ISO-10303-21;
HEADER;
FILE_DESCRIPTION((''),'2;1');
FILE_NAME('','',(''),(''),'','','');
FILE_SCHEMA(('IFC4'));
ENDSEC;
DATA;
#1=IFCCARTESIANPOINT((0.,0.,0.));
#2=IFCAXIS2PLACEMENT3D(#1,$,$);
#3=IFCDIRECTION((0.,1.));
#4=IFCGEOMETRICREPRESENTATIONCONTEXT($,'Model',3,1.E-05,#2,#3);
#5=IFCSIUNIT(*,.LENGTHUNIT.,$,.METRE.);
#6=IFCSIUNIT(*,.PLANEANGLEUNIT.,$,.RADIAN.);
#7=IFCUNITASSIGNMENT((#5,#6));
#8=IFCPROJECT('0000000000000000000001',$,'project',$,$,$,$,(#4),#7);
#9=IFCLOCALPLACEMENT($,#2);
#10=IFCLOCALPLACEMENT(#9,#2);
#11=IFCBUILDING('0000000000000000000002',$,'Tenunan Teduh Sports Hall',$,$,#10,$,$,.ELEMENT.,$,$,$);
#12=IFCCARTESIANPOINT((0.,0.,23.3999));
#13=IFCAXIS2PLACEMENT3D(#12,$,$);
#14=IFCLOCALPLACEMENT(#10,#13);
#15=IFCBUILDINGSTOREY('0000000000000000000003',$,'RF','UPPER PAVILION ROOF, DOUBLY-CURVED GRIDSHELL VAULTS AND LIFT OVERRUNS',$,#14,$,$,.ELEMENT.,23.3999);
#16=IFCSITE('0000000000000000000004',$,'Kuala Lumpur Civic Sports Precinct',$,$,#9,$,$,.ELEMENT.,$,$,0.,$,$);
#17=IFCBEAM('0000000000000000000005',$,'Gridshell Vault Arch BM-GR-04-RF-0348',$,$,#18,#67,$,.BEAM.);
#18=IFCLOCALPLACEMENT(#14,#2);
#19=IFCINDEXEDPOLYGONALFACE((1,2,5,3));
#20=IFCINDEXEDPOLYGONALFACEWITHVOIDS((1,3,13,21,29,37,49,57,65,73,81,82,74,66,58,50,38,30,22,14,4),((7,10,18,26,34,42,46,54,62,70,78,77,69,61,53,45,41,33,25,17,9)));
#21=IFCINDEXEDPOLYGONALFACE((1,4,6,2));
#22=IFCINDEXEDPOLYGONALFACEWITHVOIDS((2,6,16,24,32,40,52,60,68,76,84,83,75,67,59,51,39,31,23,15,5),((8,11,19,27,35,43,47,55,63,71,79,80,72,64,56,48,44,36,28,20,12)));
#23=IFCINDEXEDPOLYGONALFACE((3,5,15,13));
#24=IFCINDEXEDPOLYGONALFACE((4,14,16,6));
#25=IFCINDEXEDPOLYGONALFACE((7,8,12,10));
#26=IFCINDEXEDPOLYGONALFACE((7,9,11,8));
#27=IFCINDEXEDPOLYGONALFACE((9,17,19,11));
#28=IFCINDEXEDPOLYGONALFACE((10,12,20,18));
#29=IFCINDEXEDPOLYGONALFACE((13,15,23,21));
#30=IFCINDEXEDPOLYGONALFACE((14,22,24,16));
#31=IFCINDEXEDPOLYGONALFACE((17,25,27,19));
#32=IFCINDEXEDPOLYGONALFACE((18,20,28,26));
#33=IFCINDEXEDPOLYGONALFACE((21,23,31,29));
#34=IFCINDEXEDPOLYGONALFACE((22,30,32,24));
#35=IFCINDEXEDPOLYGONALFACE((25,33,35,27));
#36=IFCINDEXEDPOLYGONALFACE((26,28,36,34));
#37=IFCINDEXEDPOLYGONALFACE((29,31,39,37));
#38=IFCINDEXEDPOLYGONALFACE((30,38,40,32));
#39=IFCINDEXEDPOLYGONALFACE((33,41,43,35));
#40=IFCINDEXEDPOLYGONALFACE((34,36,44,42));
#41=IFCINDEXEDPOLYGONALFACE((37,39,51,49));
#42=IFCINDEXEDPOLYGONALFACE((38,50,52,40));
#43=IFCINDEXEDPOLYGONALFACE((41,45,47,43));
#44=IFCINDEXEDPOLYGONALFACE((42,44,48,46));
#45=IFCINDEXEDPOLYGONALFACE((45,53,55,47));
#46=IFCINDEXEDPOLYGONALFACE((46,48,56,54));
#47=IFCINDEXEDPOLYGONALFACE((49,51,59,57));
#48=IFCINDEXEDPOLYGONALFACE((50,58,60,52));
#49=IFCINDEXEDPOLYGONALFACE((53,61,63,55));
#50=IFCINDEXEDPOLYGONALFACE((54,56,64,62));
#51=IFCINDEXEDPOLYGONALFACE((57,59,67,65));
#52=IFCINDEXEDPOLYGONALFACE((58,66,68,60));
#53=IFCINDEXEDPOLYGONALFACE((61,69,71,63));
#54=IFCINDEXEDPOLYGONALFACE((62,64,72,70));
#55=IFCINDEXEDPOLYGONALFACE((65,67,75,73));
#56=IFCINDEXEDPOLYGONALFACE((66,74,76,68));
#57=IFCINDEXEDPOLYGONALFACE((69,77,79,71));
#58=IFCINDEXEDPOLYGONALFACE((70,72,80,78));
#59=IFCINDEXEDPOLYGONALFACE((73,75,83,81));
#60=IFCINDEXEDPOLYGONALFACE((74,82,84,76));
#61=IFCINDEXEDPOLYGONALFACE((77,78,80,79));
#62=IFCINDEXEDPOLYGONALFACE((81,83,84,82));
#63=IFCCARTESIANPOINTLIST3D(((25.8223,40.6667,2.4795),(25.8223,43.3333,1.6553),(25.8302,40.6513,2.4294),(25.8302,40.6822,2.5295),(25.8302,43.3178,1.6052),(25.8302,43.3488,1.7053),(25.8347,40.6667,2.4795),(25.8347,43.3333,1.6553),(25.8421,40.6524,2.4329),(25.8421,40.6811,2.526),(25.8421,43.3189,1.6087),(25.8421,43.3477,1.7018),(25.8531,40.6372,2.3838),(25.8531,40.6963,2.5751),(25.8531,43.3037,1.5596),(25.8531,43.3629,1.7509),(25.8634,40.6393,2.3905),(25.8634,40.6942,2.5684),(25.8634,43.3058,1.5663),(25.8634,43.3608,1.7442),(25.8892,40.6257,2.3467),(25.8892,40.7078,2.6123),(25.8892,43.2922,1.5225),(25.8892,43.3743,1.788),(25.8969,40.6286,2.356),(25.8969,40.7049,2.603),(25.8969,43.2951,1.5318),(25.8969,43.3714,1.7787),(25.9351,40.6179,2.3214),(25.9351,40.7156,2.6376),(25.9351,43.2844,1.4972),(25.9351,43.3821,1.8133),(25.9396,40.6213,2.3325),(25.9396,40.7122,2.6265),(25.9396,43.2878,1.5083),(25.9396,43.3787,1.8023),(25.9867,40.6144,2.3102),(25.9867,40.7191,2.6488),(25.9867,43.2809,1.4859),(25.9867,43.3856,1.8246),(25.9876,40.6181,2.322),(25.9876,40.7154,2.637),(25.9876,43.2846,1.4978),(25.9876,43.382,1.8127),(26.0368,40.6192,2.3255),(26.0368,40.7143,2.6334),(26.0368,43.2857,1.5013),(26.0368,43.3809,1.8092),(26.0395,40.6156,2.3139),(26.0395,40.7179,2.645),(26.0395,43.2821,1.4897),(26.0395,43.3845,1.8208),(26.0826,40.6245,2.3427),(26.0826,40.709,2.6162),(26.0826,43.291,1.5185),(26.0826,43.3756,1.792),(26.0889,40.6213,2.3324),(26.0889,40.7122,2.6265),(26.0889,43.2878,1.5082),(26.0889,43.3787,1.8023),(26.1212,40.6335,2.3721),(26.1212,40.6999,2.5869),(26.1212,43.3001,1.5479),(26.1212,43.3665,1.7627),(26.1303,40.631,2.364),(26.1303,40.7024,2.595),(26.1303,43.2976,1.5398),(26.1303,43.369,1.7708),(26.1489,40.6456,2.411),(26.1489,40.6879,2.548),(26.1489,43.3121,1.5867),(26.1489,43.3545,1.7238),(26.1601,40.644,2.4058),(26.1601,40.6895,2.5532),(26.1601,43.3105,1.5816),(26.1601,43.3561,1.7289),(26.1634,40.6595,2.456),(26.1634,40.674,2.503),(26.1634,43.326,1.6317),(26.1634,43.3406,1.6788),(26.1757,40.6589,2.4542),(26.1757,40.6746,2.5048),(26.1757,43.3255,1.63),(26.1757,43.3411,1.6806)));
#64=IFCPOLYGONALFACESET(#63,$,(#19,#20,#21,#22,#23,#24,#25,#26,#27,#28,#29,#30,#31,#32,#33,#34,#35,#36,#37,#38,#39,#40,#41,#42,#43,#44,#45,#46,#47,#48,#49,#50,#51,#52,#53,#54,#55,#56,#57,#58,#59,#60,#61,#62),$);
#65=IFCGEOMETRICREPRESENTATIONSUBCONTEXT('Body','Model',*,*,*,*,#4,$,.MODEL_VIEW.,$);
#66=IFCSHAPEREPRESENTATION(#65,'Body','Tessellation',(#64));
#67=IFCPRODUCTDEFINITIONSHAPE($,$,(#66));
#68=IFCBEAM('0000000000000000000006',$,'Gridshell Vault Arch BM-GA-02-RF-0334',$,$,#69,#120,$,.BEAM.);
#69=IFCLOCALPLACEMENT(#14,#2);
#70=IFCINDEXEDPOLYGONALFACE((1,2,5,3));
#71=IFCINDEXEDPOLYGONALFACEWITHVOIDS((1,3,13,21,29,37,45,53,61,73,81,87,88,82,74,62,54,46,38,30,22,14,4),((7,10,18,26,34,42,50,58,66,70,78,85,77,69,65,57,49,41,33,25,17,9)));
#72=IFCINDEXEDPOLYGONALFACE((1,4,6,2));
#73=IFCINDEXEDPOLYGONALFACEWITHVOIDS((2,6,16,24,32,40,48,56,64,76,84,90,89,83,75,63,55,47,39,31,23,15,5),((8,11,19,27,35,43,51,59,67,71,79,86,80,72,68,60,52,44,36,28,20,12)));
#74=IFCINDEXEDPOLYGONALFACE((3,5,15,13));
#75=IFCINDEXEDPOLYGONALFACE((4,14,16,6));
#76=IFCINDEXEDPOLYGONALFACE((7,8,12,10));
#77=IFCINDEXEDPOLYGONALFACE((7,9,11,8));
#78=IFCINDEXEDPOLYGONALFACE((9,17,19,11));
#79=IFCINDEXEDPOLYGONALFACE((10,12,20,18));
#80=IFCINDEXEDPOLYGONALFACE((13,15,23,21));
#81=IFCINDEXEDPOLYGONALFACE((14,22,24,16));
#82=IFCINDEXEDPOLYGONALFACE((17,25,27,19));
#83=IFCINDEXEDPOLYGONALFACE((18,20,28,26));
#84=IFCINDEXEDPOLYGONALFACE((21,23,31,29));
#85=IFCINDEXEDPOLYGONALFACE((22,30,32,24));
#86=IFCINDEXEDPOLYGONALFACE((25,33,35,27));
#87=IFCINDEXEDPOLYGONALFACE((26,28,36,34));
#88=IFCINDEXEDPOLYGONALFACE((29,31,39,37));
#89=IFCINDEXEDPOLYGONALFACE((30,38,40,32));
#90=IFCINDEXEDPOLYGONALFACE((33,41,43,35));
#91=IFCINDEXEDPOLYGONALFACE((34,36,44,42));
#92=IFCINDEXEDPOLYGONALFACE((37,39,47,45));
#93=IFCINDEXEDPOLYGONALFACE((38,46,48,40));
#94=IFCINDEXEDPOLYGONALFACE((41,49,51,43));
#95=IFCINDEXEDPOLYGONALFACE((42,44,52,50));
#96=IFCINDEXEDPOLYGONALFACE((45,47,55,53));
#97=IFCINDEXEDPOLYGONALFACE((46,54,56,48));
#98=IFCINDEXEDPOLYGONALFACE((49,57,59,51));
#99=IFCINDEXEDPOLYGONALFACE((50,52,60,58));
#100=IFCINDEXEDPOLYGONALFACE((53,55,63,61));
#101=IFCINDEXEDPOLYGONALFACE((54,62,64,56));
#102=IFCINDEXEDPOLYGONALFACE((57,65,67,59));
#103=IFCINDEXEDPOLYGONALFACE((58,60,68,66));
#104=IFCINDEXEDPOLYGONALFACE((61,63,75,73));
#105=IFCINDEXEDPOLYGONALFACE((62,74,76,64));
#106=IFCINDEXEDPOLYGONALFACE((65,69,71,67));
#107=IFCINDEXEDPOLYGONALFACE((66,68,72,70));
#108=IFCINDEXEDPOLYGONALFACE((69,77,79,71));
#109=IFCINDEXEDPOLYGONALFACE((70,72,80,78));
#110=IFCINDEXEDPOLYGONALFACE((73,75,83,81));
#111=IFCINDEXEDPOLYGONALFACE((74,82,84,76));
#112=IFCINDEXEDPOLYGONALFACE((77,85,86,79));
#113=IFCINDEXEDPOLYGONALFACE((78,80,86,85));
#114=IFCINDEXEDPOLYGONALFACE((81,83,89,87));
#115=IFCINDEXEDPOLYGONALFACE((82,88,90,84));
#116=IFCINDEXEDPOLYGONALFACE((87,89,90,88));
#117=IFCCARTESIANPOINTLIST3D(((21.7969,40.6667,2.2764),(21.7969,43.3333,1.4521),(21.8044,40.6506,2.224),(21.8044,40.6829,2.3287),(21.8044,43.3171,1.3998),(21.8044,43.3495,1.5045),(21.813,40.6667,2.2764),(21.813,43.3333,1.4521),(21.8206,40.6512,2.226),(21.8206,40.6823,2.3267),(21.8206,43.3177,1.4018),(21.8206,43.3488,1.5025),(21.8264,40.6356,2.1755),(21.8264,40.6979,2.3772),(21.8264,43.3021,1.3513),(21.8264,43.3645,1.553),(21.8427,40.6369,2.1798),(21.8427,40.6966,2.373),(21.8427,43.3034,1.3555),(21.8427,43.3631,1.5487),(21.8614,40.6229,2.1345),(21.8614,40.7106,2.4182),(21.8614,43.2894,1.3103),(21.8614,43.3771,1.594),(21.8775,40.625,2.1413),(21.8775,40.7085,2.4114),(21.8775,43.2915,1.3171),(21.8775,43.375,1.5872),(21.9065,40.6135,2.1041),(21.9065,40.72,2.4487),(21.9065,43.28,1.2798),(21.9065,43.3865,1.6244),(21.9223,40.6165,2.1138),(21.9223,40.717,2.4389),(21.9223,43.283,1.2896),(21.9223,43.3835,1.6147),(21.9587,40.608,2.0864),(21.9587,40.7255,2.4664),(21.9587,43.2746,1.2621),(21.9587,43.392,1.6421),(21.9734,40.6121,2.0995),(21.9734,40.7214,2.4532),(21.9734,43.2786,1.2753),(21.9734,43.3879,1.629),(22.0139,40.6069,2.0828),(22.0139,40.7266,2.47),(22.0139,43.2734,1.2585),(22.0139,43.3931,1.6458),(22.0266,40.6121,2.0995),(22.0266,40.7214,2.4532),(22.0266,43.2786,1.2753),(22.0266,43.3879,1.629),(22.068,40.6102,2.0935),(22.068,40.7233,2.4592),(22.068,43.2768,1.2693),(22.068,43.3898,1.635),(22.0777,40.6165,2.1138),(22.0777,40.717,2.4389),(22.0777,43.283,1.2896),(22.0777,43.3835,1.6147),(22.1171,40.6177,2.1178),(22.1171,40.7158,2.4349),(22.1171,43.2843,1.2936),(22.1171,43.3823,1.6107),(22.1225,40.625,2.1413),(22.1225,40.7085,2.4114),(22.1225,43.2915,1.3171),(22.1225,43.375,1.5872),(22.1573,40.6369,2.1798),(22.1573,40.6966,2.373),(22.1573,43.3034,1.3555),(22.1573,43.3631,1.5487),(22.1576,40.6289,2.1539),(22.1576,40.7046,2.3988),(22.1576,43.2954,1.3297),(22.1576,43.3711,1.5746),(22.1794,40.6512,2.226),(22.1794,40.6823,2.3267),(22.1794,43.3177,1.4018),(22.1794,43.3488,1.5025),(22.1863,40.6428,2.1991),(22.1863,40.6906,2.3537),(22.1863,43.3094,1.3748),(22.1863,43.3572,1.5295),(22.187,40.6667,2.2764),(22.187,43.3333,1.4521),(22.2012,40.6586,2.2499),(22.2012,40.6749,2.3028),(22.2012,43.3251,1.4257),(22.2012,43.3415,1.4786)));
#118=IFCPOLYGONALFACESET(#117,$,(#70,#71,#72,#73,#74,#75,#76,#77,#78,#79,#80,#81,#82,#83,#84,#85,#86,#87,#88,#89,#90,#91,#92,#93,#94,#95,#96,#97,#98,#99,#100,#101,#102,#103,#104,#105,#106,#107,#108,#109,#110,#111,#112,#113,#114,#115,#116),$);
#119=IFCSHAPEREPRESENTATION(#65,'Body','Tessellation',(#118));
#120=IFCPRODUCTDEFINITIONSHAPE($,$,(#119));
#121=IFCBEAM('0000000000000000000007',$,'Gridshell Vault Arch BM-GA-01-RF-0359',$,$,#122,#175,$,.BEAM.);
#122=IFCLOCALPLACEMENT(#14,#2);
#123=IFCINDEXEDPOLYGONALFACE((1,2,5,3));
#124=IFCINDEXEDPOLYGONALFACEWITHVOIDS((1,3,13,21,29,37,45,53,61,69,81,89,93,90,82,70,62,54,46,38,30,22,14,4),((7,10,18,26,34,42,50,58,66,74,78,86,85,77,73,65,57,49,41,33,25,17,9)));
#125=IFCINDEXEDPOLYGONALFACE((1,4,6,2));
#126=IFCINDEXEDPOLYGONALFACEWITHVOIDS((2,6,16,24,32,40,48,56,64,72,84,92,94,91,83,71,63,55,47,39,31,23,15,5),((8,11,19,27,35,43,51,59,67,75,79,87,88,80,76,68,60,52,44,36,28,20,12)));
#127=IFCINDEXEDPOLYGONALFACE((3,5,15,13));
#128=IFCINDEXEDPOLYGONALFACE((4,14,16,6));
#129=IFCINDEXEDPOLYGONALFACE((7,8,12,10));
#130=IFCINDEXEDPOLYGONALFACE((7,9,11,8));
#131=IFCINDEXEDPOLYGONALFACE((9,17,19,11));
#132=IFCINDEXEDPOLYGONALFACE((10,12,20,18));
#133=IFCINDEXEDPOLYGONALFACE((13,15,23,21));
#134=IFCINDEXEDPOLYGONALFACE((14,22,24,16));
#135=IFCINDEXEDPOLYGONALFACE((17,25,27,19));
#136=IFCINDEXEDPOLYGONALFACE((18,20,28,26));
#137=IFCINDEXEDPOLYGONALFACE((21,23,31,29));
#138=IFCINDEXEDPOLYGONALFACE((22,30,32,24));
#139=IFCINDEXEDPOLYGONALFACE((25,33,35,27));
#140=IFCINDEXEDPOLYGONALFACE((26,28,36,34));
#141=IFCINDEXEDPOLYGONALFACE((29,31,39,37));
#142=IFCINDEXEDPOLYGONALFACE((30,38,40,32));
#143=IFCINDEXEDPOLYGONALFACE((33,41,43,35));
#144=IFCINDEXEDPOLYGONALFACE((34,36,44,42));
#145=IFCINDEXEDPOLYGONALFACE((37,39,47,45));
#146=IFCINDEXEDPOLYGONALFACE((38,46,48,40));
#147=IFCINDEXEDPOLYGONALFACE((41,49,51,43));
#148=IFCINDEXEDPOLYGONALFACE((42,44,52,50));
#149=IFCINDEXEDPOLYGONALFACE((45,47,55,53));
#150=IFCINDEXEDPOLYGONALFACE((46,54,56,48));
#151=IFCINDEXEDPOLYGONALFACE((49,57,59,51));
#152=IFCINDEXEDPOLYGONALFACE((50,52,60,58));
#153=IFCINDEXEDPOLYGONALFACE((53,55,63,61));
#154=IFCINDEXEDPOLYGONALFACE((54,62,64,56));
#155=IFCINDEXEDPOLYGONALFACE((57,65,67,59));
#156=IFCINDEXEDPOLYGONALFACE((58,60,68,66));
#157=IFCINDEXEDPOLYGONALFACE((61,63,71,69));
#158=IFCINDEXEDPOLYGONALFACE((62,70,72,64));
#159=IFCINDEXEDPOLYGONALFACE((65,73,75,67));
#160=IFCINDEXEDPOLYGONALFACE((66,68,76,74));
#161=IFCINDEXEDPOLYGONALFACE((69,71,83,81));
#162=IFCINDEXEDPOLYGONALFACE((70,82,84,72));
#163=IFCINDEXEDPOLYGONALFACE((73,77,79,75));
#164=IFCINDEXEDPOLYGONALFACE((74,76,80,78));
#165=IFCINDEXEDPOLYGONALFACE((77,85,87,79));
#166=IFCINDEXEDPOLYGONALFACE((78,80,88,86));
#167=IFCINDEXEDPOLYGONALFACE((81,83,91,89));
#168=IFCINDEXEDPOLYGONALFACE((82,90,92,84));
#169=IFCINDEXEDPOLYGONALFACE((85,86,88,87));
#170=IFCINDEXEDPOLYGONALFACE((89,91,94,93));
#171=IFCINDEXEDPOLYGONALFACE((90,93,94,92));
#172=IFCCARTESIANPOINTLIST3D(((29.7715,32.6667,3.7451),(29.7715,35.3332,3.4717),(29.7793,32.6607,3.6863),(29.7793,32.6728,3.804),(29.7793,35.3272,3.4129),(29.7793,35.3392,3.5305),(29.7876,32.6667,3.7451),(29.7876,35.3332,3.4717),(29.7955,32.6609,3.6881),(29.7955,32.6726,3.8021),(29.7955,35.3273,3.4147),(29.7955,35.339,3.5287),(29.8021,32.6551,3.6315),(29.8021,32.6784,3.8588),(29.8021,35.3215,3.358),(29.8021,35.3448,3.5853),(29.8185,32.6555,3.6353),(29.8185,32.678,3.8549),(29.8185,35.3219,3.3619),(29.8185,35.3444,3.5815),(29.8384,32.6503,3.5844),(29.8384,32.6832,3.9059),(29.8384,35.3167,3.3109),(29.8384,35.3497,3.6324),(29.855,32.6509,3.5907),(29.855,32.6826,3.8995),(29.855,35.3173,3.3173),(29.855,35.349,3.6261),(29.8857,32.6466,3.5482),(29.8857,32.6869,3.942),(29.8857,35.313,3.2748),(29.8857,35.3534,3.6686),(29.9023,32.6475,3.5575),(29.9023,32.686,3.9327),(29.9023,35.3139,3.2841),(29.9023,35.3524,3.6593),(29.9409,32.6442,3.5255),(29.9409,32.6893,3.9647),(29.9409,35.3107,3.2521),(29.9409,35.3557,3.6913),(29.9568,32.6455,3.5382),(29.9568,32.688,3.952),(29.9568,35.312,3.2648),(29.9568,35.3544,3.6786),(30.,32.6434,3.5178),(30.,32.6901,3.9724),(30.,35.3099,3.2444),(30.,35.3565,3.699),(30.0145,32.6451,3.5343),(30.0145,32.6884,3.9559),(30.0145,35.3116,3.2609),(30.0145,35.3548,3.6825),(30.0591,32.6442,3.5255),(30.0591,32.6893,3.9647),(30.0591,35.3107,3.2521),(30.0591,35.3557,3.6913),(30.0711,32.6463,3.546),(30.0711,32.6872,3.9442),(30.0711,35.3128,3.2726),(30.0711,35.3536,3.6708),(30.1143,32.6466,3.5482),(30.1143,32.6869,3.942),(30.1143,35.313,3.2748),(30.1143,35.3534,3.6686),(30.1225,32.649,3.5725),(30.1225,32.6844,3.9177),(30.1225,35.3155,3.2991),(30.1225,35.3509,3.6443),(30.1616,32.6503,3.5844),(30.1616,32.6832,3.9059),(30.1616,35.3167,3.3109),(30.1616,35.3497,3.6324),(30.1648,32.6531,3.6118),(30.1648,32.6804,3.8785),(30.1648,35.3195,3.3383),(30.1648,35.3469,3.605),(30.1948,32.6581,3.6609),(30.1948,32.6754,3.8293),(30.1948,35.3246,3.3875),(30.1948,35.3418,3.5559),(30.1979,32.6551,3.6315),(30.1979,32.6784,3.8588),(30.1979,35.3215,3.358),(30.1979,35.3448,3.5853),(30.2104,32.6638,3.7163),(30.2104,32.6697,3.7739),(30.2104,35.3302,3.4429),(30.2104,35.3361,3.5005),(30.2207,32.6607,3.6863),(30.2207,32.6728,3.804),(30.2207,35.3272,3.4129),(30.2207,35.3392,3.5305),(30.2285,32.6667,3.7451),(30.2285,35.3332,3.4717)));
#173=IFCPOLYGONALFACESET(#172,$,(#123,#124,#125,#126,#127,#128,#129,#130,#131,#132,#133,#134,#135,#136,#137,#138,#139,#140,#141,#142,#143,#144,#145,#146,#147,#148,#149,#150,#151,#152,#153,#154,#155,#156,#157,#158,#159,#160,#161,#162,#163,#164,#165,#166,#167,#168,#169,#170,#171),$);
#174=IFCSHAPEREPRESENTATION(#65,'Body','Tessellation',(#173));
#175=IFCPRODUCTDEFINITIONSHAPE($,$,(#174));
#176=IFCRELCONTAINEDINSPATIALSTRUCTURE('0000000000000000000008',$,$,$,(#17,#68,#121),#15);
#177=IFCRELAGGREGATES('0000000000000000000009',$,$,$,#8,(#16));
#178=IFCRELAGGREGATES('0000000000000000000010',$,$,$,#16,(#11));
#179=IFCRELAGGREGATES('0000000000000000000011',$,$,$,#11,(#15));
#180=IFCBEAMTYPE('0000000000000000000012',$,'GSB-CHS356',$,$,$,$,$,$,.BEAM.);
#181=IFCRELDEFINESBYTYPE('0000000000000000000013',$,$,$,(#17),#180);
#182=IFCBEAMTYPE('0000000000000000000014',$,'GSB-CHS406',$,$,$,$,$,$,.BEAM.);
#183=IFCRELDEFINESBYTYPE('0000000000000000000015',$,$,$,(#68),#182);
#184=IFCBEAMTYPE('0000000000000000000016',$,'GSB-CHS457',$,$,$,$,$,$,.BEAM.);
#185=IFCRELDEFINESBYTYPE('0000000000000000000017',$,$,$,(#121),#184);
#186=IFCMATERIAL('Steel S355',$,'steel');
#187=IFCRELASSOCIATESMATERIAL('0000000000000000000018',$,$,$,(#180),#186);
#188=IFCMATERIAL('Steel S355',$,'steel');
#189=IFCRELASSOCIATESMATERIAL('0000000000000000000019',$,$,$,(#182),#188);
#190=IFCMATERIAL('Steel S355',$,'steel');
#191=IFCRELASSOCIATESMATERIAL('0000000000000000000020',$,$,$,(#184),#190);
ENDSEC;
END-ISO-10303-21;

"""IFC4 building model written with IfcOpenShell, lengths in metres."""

from ifc_helpers import new_model, si_unit, direction, frame, origin, origin_2d, place, context, subcontext, project, spatial, hollow_circle, extrude, material, material_profile, profile_set, type_object, element, save


model = new_model("IFC4")

# Units and contexts
model_context = context("Model", 3, precision=1e-05, world=origin(), true_north=direction((0.0, 1.0)))
body_context = subcontext(model_context, "Body", "Model", "MODEL_VIEW")
ifc_project = project(units=[si_unit("LENGTHUNIT", "METRE"), si_unit("PLANEANGLEUNIT", "RADIAN")], contexts=[model_context])

# Site, building, storey
site_placement = place(None, origin())
site = spatial("IfcSite", under=ifc_project, at=site_placement, Name="Kuala Lumpur Civic Sports Precinct", CompositionType="ELEMENT", RefElevation=0.0)
building_placement = place(site_placement, origin())
building = spatial("IfcBuilding", under=site, at=building_placement, Name="Tenunan Teduh Sports Hall", CompositionType="ELEMENT")
storey_placement = place(building_placement, frame((0.0, 0.0, 23.3999)))
storey = spatial("IfcBuildingStorey", under=building, at=storey_placement, Name="RF", Description="UPPER PAVILION ROOF, DOUBLY-CURVED GRIDSHELL VAULTS AND LIFT OVERRUNS", CompositionType="ELEMENT", Elevation=23.3999)

# Beams
ifc_material_1 = material(Name="Steel S355", Category="steel")
ifc_material_profile_1 = material_profile(ifc_material_1, hollow_circle(Radius=0.1777, WallThickness=0.0125, at=origin_2d()), Name="CHS 355.6x12.5")
ifc_profile_set_1 = profile_set([ifc_material_profile_1], Name="Steel S355")
beam_type_1 = type_object("IfcBeamType", Name="GSB-CHS356", PredefinedType="BEAM", material=ifc_profile_set_1)
beam_1_placement = place(storey_placement, frame((26.0, 40.6667, 2.4795), z_axis=(0.0, 0.9554, -0.295315), x_axis=(-1.0, 0.0, 0.0)))
element("IfcBeam", 1, at=beam_1_placement, inside=storey, type_object=beam_type_1, Name="Gridshell Vault Arch BM-GR-04-RF-0348", PredefinedType="BEAM", context=body_context, shape_type="SweptSolid", body=[
    extrude(hollow_circle(Radius=0.1777, WallThickness=0.0125, at=origin_2d()), origin(), (0.0, 0.0, 1.0), 2.791),
])
ifc_material_2 = material(Name="Steel S355", Category="steel")
ifc_material_profile_2 = material_profile(ifc_material_2, hollow_circle(Radius=0.2031, WallThickness=0.0161, at=origin_2d()), Name="CHS 406.4x16.0")
ifc_profile_set_2 = profile_set([ifc_material_profile_2], Name="Steel S355")
beam_type_2 = type_object("IfcBeamType", Name="GSB-CHS406", PredefinedType="BEAM", material=ifc_profile_set_2)
beam_2_placement = place(storey_placement, frame((22.0, 40.6667, 2.2764), z_axis=(0.0, 0.9554, -0.295315), x_axis=(-1.0, 0.0, 0.0)))
element("IfcBeam", 2, at=beam_2_placement, inside=storey, type_object=beam_type_2, Name="Gridshell Vault Arch BM-GA-02-RF-0334", PredefinedType="BEAM", context=body_context, shape_type="SweptSolid", body=[
    extrude(hollow_circle(Radius=0.2031, WallThickness=0.0161, at=origin_2d()), origin(), (0.0, 0.0, 1.0), 2.791),
])
ifc_material_3 = material(Name="Steel S355", Category="steel")
ifc_material_profile_3 = material_profile(ifc_material_3, hollow_circle(Radius=0.2285, WallThickness=0.0161, at=origin_2d()), Name="CHS 457.0x16.0")
ifc_profile_set_3 = profile_set([ifc_material_profile_3], Name="Steel S355")
beam_type_3 = type_object("IfcBeamType", Name="GSB-CHS457", PredefinedType="BEAM", material=ifc_profile_set_3)
beam_3_placement = place(storey_placement, frame((30.0, 32.6667, 3.7451), z_axis=(0.0, 0.994783, -0.10201), x_axis=(-1.0, 0.0, 0.0)))
element("IfcBeam", 3, at=beam_3_placement, inside=storey, type_object=beam_type_3, Name="Gridshell Vault Arch BM-GA-01-RF-0359", PredefinedType="BEAM", context=body_context, shape_type="SweptSolid", body=[
    extrude(hollow_circle(Radius=0.2285, WallThickness=0.0161, at=origin_2d()), origin(), (0.0, 0.0, 1.0), 2.6804),
])

save(model, "model.ifc")
